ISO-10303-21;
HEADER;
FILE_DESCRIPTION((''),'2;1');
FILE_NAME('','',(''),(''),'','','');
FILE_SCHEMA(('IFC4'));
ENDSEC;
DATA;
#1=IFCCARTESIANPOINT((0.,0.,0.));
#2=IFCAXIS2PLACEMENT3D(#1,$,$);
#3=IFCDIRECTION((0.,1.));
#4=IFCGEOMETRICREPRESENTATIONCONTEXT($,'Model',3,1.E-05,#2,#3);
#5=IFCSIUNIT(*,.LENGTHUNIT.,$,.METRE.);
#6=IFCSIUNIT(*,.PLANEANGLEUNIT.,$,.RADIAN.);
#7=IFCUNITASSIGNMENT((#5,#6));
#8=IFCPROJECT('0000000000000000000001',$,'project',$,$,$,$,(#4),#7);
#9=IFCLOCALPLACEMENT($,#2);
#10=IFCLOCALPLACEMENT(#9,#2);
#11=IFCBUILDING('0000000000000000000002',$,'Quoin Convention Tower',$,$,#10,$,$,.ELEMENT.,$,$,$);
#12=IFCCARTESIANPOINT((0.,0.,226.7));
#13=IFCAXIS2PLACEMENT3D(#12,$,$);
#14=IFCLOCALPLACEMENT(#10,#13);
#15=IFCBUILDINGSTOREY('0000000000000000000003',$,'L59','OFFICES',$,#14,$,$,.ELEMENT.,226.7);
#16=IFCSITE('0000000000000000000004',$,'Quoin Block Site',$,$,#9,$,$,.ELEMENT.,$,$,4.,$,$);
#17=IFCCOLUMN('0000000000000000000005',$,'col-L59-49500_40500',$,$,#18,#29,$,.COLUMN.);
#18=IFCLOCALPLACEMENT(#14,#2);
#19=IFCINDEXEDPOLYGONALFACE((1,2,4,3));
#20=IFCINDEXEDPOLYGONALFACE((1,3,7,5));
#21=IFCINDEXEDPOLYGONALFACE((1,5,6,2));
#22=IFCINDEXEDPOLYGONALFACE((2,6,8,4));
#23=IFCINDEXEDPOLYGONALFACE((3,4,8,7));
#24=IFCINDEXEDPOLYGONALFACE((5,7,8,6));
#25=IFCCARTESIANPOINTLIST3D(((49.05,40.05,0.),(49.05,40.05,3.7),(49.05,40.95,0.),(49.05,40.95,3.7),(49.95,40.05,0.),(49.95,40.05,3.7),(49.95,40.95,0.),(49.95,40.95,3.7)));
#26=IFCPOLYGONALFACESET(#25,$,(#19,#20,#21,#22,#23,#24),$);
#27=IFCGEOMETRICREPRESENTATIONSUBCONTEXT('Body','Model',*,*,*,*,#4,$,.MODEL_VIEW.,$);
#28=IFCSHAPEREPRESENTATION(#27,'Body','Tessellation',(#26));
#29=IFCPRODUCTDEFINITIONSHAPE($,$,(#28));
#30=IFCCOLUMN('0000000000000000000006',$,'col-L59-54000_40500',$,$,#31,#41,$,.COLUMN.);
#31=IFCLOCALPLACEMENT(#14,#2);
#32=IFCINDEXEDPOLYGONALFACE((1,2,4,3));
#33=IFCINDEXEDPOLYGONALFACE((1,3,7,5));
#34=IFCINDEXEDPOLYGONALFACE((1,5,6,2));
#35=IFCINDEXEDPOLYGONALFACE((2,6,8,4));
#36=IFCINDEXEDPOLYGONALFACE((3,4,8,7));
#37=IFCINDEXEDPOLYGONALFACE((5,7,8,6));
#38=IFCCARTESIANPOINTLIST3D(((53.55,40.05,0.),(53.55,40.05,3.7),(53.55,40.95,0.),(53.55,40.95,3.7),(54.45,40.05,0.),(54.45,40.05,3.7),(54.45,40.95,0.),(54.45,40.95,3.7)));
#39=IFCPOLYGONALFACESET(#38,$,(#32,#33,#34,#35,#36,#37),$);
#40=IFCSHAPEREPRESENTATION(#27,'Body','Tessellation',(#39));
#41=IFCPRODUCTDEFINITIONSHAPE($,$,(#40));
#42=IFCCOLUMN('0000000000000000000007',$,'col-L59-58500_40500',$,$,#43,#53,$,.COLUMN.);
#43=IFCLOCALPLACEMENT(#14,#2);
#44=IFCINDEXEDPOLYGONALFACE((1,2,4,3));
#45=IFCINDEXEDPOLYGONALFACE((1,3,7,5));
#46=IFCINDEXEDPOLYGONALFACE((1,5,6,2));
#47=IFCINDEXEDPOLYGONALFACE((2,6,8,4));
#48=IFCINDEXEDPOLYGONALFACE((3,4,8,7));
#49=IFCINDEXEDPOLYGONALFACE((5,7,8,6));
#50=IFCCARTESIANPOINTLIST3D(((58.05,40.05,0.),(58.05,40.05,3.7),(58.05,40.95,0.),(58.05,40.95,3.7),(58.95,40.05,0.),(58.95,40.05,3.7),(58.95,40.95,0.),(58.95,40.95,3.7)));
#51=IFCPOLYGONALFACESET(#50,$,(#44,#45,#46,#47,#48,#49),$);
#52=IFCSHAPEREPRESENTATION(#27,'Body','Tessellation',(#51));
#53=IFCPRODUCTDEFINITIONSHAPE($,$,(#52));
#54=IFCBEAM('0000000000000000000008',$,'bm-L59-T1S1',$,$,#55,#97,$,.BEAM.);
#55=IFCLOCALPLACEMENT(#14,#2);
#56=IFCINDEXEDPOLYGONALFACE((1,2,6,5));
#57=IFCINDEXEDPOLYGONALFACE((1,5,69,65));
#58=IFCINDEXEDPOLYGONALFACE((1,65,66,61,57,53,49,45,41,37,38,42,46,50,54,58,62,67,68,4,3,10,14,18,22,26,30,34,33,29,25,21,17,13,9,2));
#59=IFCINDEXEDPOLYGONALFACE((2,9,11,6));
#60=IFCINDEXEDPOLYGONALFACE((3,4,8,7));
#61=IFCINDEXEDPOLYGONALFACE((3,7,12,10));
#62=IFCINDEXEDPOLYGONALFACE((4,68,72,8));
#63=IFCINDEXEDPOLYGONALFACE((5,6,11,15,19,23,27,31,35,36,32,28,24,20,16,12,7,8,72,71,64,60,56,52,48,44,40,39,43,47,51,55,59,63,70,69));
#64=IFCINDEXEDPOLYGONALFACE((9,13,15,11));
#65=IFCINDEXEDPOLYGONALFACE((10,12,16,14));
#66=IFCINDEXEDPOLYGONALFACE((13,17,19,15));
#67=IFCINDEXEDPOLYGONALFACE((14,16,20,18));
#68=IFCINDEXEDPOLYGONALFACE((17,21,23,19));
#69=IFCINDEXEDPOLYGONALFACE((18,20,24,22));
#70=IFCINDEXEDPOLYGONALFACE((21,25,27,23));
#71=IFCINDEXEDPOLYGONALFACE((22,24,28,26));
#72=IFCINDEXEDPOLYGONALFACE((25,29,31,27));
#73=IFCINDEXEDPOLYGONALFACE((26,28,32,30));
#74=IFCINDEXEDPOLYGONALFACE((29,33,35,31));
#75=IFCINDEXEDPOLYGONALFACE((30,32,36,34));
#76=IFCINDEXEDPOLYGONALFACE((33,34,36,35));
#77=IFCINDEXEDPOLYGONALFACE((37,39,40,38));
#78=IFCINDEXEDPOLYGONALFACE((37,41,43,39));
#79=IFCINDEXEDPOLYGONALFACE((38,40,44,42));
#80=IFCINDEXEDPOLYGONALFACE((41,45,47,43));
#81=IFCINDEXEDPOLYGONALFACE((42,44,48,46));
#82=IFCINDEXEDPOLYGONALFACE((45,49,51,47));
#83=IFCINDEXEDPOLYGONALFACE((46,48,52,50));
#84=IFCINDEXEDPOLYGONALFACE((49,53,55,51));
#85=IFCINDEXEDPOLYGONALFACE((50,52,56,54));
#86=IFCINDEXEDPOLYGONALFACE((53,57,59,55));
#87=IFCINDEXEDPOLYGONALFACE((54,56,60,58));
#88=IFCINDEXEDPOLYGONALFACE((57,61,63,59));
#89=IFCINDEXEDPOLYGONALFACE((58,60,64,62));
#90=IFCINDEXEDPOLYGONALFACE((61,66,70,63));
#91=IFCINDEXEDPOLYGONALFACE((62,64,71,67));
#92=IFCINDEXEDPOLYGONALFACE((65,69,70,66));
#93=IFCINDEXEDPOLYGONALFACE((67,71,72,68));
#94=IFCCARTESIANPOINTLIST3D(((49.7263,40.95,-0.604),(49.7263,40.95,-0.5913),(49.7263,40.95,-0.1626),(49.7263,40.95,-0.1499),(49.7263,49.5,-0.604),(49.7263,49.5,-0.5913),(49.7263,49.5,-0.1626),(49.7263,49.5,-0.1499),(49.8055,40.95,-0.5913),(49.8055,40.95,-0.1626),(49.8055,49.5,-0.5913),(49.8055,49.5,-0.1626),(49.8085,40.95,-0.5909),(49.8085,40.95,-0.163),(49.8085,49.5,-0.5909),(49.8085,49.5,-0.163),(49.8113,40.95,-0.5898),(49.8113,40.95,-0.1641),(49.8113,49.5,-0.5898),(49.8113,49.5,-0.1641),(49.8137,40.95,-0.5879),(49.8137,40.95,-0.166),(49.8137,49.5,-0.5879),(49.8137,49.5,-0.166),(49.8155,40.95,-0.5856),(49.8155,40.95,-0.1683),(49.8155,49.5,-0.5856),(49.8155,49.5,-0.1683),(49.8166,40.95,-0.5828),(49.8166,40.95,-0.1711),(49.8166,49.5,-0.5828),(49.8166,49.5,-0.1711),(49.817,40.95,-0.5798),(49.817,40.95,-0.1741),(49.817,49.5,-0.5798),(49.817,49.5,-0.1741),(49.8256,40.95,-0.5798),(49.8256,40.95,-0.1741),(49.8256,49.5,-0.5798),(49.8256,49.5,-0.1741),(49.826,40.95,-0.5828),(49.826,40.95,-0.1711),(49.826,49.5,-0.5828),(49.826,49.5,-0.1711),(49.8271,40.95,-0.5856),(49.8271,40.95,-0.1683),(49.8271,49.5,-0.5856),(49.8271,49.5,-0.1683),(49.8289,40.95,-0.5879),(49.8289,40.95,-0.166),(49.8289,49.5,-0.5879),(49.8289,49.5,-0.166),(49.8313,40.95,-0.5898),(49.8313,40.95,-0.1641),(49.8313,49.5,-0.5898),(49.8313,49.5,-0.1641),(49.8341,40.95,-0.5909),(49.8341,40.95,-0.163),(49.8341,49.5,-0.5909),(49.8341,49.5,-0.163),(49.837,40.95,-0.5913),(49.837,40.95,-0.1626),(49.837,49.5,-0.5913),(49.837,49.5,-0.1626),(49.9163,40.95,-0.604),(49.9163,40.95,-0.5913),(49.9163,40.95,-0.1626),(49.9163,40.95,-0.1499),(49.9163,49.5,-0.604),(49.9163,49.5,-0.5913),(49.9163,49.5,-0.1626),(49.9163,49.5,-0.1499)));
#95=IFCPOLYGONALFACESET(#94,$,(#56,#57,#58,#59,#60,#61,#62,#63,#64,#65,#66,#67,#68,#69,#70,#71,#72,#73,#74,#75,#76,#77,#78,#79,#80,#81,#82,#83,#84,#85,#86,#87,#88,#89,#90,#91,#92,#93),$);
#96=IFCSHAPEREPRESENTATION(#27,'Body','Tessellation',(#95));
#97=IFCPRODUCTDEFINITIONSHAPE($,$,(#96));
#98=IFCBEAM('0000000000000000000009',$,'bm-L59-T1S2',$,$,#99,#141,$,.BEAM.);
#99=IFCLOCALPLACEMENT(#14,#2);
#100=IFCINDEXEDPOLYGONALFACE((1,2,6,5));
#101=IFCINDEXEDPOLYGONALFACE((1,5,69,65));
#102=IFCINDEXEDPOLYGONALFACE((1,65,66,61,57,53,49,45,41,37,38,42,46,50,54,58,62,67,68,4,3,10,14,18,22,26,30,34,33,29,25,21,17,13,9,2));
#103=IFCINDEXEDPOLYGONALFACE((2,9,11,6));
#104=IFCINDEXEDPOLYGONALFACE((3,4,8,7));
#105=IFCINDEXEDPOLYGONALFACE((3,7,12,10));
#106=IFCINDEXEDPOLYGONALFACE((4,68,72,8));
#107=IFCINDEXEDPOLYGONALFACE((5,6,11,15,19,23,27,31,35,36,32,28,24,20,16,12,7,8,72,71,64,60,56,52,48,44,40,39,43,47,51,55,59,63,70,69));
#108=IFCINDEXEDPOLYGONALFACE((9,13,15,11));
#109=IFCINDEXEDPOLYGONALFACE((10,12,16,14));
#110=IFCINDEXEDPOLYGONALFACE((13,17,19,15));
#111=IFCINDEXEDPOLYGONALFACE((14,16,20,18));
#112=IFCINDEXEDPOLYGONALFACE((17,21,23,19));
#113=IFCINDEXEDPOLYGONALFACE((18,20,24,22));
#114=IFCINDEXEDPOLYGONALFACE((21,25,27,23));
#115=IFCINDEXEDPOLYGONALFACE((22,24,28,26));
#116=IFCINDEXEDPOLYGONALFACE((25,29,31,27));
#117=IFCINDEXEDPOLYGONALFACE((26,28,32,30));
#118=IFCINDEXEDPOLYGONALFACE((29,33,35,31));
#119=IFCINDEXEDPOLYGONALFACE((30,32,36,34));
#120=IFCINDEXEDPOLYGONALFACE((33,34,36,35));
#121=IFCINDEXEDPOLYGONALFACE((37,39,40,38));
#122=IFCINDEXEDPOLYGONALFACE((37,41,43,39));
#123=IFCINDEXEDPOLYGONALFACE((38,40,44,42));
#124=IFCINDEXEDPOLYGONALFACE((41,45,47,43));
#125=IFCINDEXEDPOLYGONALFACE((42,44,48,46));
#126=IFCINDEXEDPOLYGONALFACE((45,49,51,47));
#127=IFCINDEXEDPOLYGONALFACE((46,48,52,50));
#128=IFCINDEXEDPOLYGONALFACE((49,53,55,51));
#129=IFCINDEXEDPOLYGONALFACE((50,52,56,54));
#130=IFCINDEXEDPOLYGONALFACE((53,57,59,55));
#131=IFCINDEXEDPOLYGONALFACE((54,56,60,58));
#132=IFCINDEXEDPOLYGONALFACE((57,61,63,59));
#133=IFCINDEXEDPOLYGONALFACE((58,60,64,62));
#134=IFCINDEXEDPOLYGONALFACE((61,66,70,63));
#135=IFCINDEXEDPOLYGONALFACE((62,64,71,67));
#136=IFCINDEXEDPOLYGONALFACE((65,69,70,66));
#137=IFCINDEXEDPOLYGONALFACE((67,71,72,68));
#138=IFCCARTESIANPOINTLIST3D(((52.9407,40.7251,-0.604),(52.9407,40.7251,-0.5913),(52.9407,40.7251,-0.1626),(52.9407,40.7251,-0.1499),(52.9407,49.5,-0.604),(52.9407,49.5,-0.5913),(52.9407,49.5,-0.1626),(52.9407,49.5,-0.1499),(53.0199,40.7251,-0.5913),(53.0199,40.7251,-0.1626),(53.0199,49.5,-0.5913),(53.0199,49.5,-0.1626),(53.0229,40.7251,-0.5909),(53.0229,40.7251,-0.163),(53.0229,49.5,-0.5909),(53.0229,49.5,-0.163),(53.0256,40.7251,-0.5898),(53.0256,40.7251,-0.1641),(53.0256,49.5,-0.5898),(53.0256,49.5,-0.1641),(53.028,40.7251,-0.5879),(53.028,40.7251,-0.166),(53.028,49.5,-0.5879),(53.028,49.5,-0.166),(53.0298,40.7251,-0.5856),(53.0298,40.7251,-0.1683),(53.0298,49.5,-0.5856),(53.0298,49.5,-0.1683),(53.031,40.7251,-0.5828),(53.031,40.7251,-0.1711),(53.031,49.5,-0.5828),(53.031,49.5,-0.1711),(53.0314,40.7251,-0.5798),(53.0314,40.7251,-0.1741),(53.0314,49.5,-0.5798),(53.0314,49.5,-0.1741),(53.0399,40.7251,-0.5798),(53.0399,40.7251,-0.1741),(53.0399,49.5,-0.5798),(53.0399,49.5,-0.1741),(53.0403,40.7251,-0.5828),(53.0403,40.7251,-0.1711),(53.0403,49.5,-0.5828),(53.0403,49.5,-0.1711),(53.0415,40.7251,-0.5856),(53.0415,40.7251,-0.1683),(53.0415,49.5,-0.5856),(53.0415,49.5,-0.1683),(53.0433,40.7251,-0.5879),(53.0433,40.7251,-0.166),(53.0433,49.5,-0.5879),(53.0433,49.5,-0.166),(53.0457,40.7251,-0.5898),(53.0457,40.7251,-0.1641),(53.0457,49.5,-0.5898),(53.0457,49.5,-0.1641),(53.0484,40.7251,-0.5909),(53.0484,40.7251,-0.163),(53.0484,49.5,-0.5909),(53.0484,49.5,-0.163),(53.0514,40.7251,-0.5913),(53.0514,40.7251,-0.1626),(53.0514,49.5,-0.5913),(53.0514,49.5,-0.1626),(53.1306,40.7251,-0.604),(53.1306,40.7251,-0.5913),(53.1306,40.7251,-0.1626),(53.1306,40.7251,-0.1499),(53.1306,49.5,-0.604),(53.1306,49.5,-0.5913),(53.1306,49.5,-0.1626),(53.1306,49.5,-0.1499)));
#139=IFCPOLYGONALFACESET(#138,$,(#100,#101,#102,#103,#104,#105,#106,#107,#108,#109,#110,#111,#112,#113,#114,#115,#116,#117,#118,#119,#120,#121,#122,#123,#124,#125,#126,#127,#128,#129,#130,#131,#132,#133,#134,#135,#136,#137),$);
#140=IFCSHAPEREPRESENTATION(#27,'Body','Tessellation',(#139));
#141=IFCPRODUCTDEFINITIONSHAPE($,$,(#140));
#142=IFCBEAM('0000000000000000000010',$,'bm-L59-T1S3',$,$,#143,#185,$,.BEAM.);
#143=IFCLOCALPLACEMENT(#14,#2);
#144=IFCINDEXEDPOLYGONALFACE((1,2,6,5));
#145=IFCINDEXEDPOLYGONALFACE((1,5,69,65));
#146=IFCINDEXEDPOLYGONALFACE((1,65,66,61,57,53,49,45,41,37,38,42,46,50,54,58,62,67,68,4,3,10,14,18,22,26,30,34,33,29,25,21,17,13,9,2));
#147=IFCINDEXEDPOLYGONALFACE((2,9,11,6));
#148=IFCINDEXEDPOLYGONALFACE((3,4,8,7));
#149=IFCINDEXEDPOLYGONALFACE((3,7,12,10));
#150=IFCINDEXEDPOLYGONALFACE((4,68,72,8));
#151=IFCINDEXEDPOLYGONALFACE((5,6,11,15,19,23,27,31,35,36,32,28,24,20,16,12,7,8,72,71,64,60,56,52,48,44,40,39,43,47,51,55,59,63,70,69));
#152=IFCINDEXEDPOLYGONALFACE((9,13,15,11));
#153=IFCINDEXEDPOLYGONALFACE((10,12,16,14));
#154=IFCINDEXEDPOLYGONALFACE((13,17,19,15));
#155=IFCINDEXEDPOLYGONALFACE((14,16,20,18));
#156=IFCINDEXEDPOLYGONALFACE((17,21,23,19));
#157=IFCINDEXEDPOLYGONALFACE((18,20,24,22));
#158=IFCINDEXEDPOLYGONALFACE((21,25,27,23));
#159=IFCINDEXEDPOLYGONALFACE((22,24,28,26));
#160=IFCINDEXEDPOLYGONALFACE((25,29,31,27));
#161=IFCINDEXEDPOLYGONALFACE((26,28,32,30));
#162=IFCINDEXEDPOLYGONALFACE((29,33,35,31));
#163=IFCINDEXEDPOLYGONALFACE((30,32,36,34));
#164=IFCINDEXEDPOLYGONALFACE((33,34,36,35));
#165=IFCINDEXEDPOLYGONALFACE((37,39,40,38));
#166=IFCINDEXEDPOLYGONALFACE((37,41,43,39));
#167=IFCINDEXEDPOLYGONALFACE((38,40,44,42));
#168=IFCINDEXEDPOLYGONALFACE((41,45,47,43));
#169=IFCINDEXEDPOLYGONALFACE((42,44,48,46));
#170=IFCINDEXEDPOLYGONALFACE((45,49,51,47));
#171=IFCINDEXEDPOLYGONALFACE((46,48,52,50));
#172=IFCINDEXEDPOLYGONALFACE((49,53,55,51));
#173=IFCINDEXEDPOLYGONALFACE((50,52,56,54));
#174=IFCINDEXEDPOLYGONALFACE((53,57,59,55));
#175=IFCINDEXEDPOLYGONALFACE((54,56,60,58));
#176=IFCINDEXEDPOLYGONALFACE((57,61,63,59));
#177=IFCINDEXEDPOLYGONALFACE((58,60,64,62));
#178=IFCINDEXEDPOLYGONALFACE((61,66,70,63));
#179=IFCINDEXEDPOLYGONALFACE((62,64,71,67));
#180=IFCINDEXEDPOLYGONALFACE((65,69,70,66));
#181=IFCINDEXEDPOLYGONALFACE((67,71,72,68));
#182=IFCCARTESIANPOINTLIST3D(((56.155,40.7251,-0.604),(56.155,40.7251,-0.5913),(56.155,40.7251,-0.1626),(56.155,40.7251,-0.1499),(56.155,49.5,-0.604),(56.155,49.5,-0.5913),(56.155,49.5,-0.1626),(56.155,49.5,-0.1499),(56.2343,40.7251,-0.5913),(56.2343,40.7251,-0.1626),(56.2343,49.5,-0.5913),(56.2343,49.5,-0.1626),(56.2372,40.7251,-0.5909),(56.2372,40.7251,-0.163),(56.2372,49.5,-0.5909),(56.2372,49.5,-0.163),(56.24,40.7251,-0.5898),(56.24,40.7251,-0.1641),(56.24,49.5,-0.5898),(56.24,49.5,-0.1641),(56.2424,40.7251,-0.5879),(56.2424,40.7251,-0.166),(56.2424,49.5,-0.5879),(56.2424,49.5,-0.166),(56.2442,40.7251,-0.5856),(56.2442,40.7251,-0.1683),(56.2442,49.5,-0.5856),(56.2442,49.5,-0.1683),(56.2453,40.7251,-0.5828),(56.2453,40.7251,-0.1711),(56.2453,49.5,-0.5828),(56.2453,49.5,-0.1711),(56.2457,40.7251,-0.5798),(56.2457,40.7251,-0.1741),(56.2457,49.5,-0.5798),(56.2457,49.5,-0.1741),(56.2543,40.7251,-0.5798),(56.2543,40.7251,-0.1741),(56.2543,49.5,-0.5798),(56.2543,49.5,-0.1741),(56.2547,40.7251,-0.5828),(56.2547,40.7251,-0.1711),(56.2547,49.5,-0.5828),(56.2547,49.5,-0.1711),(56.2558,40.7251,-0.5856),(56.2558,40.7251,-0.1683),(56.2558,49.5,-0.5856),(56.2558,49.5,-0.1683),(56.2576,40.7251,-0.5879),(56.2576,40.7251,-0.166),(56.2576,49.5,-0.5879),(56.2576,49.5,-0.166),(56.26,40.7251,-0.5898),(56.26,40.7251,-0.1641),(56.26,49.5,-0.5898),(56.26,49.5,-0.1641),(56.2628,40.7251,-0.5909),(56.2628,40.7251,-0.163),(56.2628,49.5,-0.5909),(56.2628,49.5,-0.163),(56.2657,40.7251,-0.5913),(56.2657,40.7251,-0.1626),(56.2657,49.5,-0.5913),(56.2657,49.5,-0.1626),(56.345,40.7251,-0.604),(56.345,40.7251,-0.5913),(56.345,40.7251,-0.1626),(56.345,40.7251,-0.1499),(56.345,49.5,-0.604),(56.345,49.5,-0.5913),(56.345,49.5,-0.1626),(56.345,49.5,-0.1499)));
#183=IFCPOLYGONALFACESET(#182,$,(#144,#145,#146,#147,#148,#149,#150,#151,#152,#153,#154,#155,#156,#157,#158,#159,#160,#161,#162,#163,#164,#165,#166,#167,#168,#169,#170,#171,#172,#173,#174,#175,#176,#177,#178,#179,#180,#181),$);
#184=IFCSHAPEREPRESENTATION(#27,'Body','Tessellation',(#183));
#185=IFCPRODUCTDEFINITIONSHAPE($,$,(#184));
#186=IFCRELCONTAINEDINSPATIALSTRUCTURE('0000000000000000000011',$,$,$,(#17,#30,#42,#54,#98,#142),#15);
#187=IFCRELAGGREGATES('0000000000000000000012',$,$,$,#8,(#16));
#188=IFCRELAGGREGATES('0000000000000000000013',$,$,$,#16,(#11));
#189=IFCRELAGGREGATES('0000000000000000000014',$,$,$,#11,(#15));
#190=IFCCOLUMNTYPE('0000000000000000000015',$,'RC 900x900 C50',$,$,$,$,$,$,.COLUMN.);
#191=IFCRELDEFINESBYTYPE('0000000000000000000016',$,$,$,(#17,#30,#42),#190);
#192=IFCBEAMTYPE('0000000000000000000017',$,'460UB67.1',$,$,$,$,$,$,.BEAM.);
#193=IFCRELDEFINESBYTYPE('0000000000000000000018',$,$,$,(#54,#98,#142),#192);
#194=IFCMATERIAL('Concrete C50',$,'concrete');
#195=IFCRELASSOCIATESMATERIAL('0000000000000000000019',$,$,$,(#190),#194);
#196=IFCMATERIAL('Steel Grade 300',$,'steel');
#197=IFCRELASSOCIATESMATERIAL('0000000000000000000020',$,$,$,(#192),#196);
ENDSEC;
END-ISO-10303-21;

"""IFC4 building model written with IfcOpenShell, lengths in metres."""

from ifc_helpers import new_model, si_unit, direction, frame, origin, origin_2d, place, context, subcontext, project, spatial, rectangle, i_section, extrude, material, material_profile, profile_set, type_object, element, save


model = new_model("IFC4")

# Units and contexts
model_context = context("Model", 3, precision=1e-05, world=origin(), true_north=direction((0.0, 1.0)))
body_context = subcontext(model_context, "Body", "Model", "MODEL_VIEW")
ifc_project = project(units=[si_unit("LENGTHUNIT", "METRE"), si_unit("PLANEANGLEUNIT", "RADIAN")], contexts=[model_context])

# Site, building, storey
site_placement = place(None, origin())
site = spatial("IfcSite", under=ifc_project, at=site_placement, Name="Quoin Block Site", CompositionType="ELEMENT", RefElevation=4.0)
building_placement = place(site_placement, origin())
building = spatial("IfcBuilding", under=site, at=building_placement, Name="Quoin Convention Tower", CompositionType="ELEMENT")
storey_placement = place(building_placement, frame((0.0, 0.0, 226.7)))
storey = spatial("IfcBuildingStorey", under=building, at=storey_placement, Name="L59", Description="OFFICES", CompositionType="ELEMENT", Elevation=226.7)

# Columns
ifc_material_1 = material(Name="Concrete C50", Category="concrete")
ifc_material_profile_1 = material_profile(ifc_material_1, rectangle(XDim=0.8999, YDim=0.8999, at=origin_2d()), Name="RC 900x900")
ifc_profile_set_1 = profile_set([ifc_material_profile_1], Name="Concrete C50")
column_type = type_object("IfcColumnType", Name="RC 900x900 C50", PredefinedType="COLUMN", material=ifc_profile_set_1)
for number, where, z_axis, x_axis, name in (
    (1, (49.5, 40.5, 0.0), (0.0, 0.0, 1.0), (1.0, 0.0, 0.0), "col-L59-49500_40500"),
    (2, (54.0, 40.5, 0.0), (0.0, 0.0, 1.0), (1.0, 0.0, 0.0), "col-L59-54000_40500"),
    (3, (58.5, 40.5, 0.0), (0.0, 0.0, 1.0), (1.0, 0.0, 0.0), "col-L59-58500_40500"),
):
    element("IfcColumn", number, at=place(storey_placement, frame(where, z_axis=z_axis, x_axis=x_axis)), inside=storey, type_object=column_type, Name=name, PredefinedType="COLUMN", context=body_context, shape_type="SweptSolid", body=[
        extrude(rectangle(XDim=0.8999, YDim=0.8999, at=origin_2d()), origin(), (0.0, 0.0, 1.0), 3.7),
    ])

# Beams
ifc_material_2 = material(Name="Steel Grade 300", Category="steel")
ifc_material_profile_2 = material_profile(ifc_material_2, i_section(OverallWidth=0.1899, OverallDepth=0.4541, WebThickness=0.0085, FlangeThickness=0.0127, FilletRadius=0.0115, at=origin_2d()), Name="460UB67.1")
ifc_profile_set_2 = profile_set([ifc_material_profile_2], Name="Steel Grade 300")
beam_type_1 = type_object("IfcBeamType", Name="460UB67.1", PredefinedType="BEAM", material=ifc_profile_set_2)
beam_placement = place(storey_placement, frame((49.8213, 40.95, -0.377), z_axis=(0.0, 1.0, 0.0), x_axis=(-1.0, 0.0, 0.0)))
element("IfcBeam", 4, at=beam_placement, inside=storey, type_object=beam_type_1, Name="bm-L59-T1S1", PredefinedType="BEAM", context=body_context, shape_type="SweptSolid", body=[
    extrude(i_section(OverallWidth=0.1899, OverallDepth=0.4541, WebThickness=0.0085, FlangeThickness=0.0127, FilletRadius=0.0115, at=origin_2d()), origin(), (0.0, 0.0, 1.0), 8.55),
])
for number, where, z_axis, x_axis, name in (
    (5, (53.0356, 40.7251, -0.377), (0.0, 1.0, 0.0), (-1.0, 0.0, 0.0), "bm-L59-T1S2"),
    (6, (56.25, 40.7251, -0.377), (0.0, 1.0, 0.0), (-1.0, 0.0, 0.0), "bm-L59-T1S3"),
):
    element("IfcBeam", number, at=place(storey_placement, frame(where, z_axis=z_axis, x_axis=x_axis)), inside=storey, type_object=beam_type_1, Name=name, PredefinedType="BEAM", context=body_context, shape_type="SweptSolid", body=[
        extrude(i_section(OverallWidth=0.1899, OverallDepth=0.4541, WebThickness=0.0085, FlangeThickness=0.0127, FilletRadius=0.0115, at=origin_2d()), origin(), (0.0, 0.0, 1.0), 8.7749),
    ])

save(model, "model.ifc")
